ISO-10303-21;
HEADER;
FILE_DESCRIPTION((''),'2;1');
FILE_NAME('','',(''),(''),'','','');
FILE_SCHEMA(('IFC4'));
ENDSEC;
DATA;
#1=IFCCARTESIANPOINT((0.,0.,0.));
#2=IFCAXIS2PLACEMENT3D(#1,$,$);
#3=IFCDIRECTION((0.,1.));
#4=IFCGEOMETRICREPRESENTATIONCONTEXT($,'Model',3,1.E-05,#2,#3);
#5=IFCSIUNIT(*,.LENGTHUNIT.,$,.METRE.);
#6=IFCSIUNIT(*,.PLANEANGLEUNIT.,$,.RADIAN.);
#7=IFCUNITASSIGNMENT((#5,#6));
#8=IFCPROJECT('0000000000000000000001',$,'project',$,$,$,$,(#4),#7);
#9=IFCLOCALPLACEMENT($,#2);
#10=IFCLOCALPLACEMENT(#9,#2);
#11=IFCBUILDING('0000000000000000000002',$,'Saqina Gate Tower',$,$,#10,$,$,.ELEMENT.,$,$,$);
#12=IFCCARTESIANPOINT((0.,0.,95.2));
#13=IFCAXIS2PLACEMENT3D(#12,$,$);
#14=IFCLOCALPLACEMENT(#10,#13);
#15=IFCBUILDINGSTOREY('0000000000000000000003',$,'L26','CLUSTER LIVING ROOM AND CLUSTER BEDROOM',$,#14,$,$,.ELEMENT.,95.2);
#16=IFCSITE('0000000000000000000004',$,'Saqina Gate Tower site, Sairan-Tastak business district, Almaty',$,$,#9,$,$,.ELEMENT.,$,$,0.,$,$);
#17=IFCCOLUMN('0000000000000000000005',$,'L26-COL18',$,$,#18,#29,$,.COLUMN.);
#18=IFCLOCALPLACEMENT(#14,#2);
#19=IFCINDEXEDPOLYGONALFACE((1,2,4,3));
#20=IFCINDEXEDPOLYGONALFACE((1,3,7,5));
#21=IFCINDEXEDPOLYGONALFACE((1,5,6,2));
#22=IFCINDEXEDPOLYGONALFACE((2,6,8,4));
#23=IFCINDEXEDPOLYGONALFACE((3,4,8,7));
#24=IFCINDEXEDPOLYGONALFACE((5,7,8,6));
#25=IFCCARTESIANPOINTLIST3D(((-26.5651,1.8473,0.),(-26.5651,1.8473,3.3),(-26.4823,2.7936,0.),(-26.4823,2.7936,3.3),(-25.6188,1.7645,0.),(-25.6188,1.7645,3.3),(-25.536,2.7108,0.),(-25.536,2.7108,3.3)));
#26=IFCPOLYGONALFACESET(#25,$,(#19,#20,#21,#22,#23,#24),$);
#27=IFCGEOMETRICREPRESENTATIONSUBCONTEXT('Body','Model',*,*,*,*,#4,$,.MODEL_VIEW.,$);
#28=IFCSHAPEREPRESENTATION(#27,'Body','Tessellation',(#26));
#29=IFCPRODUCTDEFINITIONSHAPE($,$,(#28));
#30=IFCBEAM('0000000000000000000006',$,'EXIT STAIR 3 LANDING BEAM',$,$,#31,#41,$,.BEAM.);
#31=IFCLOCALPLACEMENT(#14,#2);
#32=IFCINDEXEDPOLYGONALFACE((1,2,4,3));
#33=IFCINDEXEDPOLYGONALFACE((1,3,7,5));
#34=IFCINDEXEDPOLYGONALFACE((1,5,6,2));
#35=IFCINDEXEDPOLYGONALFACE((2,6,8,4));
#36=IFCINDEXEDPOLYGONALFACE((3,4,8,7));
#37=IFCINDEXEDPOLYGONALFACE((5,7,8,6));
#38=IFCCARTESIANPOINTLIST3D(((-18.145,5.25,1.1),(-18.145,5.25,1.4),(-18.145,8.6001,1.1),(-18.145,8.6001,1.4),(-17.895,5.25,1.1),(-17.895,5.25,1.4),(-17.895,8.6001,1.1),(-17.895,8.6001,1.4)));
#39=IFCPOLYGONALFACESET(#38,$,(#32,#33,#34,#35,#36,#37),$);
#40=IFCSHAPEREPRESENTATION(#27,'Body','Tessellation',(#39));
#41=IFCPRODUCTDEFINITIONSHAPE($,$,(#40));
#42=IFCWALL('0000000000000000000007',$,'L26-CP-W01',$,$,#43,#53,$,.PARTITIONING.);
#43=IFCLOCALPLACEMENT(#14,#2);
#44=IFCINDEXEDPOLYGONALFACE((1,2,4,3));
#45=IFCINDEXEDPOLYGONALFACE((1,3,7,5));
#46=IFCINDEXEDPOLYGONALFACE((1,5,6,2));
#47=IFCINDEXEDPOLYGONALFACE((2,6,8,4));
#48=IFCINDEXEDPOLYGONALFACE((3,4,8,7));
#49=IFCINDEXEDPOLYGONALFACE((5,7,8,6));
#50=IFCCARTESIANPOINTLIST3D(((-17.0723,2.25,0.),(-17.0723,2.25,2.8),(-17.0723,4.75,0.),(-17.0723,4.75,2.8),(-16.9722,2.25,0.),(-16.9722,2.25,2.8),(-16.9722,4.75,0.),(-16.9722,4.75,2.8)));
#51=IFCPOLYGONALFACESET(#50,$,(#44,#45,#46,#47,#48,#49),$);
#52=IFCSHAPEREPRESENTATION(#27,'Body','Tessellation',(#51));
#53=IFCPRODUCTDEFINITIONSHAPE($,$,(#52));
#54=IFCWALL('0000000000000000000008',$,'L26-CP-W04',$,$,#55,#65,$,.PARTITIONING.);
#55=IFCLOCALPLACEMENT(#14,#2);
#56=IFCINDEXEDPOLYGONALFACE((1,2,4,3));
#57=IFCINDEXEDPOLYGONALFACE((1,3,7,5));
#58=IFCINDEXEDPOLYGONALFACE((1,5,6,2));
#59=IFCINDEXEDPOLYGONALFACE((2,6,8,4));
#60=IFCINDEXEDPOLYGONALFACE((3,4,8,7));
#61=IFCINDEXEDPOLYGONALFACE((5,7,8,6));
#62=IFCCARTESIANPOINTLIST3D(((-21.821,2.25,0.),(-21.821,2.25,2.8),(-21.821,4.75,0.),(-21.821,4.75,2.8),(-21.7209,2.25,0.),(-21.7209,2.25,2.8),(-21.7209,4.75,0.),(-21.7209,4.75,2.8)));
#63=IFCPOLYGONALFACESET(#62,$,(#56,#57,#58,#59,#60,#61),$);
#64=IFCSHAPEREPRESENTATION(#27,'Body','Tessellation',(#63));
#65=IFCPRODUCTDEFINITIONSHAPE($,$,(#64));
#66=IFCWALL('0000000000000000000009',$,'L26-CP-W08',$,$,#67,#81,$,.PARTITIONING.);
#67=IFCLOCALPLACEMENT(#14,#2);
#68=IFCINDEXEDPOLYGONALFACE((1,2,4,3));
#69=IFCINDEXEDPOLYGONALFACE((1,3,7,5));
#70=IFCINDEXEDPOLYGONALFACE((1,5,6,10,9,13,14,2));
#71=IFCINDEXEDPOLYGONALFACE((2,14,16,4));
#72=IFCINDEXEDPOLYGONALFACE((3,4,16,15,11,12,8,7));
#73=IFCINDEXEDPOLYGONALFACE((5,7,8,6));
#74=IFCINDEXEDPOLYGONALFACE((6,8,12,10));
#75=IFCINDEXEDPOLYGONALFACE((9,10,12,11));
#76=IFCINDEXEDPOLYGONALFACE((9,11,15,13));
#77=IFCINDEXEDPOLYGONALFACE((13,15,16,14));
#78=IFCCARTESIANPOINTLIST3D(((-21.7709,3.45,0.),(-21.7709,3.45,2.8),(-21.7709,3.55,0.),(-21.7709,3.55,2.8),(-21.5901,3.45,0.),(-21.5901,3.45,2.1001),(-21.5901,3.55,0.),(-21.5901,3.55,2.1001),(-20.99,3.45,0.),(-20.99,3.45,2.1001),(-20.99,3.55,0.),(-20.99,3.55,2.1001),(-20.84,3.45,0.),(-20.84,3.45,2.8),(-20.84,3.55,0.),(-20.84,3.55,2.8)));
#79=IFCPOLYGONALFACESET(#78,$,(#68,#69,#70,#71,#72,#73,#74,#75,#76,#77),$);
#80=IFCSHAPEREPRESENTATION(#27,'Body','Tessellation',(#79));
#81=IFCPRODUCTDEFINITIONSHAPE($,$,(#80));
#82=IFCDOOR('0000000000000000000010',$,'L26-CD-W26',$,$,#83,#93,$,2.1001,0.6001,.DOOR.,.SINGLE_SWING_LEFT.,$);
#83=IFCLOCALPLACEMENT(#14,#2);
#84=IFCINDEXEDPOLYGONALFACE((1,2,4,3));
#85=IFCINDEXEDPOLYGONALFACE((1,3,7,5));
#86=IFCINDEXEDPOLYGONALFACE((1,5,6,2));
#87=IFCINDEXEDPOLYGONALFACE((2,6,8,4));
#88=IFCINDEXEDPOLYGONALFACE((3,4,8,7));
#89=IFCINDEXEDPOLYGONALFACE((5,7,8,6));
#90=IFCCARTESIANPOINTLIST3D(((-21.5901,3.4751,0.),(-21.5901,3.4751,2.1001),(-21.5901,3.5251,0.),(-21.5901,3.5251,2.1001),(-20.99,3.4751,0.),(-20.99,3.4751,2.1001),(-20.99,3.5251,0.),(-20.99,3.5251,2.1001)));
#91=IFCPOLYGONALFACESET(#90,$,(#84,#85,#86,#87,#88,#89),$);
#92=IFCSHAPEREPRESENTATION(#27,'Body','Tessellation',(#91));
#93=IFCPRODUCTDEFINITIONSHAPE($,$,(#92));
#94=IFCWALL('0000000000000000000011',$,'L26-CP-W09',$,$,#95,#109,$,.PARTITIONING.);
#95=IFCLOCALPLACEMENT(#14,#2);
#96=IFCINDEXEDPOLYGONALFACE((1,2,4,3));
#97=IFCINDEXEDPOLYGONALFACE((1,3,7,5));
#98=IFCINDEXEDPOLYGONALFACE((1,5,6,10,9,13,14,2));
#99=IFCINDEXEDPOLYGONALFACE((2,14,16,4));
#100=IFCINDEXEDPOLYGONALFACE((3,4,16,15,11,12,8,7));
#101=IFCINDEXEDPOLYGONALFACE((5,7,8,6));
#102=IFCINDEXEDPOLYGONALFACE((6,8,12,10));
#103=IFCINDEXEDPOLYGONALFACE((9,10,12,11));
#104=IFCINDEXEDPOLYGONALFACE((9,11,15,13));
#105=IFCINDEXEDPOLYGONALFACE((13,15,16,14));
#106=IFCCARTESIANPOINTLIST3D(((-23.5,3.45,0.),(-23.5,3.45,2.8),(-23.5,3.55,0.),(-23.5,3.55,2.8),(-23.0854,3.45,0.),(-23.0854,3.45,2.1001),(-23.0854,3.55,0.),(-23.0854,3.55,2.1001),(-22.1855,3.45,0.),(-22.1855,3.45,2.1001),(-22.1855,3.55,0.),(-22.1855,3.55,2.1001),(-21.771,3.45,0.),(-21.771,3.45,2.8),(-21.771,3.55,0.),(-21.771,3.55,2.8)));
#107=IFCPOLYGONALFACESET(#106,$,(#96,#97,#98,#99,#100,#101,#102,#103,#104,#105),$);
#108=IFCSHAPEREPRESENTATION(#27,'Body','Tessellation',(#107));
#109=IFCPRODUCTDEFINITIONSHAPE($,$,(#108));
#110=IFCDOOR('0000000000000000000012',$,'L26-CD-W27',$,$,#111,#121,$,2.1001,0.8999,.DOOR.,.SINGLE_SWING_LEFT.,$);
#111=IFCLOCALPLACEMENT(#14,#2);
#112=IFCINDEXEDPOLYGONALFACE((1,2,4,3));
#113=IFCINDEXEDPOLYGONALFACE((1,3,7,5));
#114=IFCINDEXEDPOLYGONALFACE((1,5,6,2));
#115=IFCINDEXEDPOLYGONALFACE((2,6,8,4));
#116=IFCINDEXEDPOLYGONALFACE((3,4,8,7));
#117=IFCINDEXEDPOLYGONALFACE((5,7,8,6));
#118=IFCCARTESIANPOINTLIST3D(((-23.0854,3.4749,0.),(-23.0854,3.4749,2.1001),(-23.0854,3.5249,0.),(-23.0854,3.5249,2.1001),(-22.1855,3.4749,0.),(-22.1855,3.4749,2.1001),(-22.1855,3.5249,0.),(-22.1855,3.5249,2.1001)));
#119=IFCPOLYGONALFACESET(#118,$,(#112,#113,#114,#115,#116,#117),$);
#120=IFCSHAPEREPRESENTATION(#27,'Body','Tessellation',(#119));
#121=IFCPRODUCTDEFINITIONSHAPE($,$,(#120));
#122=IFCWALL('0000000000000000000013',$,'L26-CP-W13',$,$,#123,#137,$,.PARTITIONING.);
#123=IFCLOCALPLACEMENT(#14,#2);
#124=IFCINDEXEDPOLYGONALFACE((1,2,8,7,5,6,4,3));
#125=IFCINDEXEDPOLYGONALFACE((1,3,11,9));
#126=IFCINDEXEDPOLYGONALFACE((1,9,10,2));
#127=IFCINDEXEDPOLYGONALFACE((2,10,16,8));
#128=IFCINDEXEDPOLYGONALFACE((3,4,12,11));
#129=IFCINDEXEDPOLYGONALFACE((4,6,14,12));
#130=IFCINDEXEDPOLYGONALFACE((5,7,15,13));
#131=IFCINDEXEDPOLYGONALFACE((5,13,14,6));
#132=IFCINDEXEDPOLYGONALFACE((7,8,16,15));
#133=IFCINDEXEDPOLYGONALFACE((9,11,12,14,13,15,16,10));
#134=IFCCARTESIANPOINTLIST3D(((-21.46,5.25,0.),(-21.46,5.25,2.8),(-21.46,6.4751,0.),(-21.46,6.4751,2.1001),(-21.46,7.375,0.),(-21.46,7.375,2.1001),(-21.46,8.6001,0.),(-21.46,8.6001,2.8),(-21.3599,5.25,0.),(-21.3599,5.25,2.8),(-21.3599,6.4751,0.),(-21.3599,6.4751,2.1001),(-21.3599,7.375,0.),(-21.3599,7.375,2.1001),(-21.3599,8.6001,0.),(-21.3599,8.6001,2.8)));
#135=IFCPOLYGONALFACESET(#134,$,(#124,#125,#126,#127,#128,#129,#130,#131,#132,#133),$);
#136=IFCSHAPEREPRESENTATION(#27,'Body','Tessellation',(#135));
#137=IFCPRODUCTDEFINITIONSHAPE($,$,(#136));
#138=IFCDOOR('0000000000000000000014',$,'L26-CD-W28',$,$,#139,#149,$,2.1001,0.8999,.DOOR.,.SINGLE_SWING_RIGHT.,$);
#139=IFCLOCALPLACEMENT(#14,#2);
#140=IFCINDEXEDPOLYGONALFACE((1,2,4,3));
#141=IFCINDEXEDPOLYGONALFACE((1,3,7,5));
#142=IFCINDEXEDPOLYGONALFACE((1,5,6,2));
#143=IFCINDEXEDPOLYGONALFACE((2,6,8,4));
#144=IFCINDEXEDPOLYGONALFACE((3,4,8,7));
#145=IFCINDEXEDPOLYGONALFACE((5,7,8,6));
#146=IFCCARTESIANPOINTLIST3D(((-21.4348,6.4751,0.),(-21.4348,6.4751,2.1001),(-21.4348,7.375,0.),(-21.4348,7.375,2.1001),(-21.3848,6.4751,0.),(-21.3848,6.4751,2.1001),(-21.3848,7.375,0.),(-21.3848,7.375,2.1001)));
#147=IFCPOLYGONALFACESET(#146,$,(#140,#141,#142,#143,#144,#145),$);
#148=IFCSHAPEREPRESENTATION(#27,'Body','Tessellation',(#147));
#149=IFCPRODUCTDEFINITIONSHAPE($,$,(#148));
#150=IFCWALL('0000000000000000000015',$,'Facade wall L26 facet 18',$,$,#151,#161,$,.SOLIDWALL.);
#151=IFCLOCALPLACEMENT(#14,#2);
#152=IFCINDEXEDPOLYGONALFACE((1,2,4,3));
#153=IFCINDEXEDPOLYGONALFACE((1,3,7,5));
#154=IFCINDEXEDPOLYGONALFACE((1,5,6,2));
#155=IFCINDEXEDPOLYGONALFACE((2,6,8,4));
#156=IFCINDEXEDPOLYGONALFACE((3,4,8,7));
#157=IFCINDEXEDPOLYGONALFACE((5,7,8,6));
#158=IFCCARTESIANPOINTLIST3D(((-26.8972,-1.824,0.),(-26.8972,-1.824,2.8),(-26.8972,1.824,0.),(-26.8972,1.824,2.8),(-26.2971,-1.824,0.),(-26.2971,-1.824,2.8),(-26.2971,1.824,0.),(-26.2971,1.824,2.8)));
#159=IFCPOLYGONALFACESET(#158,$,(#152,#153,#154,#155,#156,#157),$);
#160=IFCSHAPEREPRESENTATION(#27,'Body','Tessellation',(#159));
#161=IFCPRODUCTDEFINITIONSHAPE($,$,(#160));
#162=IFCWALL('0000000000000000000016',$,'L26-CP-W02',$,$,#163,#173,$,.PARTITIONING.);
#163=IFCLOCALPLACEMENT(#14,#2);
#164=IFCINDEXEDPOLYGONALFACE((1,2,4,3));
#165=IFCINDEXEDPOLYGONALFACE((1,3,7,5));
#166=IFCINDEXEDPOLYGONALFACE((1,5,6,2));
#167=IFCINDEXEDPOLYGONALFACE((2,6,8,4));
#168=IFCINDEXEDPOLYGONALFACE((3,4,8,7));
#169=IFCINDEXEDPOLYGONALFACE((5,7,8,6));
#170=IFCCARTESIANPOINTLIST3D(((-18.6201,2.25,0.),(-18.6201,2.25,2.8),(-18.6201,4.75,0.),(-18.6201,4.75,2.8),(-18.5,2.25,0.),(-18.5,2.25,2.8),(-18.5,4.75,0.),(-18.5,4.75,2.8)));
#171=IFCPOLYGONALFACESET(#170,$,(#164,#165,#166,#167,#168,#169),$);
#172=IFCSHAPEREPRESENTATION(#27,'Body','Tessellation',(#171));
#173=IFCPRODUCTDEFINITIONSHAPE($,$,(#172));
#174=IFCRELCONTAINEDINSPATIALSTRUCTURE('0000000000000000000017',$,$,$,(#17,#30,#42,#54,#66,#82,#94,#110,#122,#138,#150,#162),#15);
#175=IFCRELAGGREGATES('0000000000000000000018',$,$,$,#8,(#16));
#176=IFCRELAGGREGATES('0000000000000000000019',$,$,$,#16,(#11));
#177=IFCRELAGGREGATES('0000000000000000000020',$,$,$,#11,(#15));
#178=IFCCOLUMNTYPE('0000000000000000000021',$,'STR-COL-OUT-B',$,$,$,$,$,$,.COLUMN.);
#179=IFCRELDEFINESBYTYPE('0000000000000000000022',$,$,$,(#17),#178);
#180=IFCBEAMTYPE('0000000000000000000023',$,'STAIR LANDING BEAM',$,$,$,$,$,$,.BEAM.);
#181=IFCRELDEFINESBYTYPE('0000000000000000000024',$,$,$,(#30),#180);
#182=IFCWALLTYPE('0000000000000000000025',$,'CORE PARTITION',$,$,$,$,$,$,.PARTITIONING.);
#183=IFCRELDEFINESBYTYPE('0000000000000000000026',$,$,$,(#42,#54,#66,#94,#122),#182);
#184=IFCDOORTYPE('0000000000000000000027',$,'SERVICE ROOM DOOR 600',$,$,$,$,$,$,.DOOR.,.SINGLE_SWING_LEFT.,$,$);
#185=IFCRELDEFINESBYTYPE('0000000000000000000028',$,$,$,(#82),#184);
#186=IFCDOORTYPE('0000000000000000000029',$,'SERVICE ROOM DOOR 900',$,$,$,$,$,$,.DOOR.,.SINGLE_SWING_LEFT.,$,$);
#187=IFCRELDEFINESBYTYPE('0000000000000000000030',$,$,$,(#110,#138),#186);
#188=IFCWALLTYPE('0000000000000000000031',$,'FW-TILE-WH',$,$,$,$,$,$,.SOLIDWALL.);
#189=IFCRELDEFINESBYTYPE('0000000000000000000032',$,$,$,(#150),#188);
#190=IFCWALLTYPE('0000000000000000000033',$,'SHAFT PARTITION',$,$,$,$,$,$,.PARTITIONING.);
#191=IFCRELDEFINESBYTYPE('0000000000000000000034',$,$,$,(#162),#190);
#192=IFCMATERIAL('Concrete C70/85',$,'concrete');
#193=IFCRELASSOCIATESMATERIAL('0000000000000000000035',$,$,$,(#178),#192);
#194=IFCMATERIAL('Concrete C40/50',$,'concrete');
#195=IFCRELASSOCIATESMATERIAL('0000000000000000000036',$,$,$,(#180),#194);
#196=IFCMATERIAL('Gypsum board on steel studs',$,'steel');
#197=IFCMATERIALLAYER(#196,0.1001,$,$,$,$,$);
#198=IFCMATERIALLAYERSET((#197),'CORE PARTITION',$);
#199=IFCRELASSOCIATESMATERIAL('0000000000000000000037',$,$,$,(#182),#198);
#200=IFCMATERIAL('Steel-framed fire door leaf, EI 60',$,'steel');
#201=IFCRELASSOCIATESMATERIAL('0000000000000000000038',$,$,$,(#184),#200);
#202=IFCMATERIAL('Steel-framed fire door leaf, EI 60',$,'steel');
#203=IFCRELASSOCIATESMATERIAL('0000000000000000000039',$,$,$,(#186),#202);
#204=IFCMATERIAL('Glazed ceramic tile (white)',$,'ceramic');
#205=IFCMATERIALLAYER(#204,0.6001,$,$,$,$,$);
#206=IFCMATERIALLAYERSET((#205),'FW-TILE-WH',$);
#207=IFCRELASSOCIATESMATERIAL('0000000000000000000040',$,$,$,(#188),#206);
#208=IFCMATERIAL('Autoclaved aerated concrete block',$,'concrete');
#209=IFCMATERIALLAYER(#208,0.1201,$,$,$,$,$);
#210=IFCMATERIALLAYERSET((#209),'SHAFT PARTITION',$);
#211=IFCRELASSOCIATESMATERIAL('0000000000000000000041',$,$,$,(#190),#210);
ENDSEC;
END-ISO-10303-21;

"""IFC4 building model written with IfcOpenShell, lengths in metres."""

from ifc_helpers import new_model, si_unit, direction, frame, frame_2d, origin, origin_2d, place, context, subcontext, project, spatial, rectangle, extrude, material, layer, layer_set, material_profile, profile_set, type_object, element, fill, save


model = new_model("IFC4")

# Units and contexts
model_context = context("Model", 3, precision=1e-05, world=origin(), true_north=direction((0.0, 1.0)))
body_context = subcontext(model_context, "Body", "Model", "MODEL_VIEW")
ifc_project = project(units=[si_unit("LENGTHUNIT", "METRE"), si_unit("PLANEANGLEUNIT", "RADIAN")], contexts=[model_context])

# Site, building, storey
site_placement = place(None, origin())
site = spatial("IfcSite", under=ifc_project, at=site_placement, Name="Saqina Gate Tower site, Sairan-Tastak business district, Almaty", CompositionType="ELEMENT", RefElevation=0.0)
building_placement = place(site_placement, origin())
building = spatial("IfcBuilding", under=site, at=building_placement, Name="Saqina Gate Tower", CompositionType="ELEMENT")
storey_placement = place(building_placement, frame((0.0, 0.0, 95.2)))
storey = spatial("IfcBuildingStorey", under=building, at=storey_placement, Name="L26", Description="CLUSTER LIVING ROOM AND CLUSTER BEDROOM", CompositionType="ELEMENT", Elevation=95.2)

# Column
ifc_material_1 = material(Name="Concrete C70/85", Category="concrete")
ifc_material_profile_1 = material_profile(ifc_material_1, rectangle(XDim=0.95, YDim=0.95, at=origin_2d()), Name="RC 950x950")
ifc_profile_set_1 = profile_set([ifc_material_profile_1], Name="Concrete C70/85")
column_type = type_object("IfcColumnType", Name="STR-COL-OUT-B", PredefinedType="COLUMN", material=ifc_profile_set_1)
column_placement = place(storey_placement, frame((-26.0505, 2.2791, 0.0), z_axis=(0.0, 0.0, 1.0), x_axis=(-0.996195, 0.087156, 0.0)))
element("IfcColumn", 1, at=column_placement, inside=storey, type_object=column_type, Name="L26-COL18", PredefinedType="COLUMN", context=body_context, shape_type="SweptSolid", body=[
    extrude(rectangle(XDim=0.95, YDim=0.95, at=origin_2d()), origin(), (0.0, 0.0, 1.0), 3.3),
])

# Beam
ifc_material_2 = material(Name="Concrete C40/50", Category="concrete")
ifc_material_profile_2 = material_profile(ifc_material_2, rectangle(XDim=0.25, YDim=0.3, at=origin_2d()), Name="STAIR LANDING BEAM")
ifc_profile_set_2 = profile_set([ifc_material_profile_2], Name="Concrete C40/50")
beam_type = type_object("IfcBeamType", Name="STAIR LANDING BEAM", PredefinedType="BEAM", material=ifc_profile_set_2)
beam_placement = place(storey_placement, frame((-18.02, 5.25, 1.25), z_axis=(0.0, 1.0, 0.0), x_axis=(-1.0, 0.0, 0.0)))
element("IfcBeam", 2, at=beam_placement, inside=storey, type_object=beam_type, Name="EXIT STAIR 3 LANDING BEAM", PredefinedType="BEAM", context=body_context, shape_type="SweptSolid", body=[
    extrude(rectangle(XDim=0.25, YDim=0.3, at=origin_2d()), origin(), (0.0, 0.0, 1.0), 3.3501),
])

# Walls
ifc_material_3 = material(Name="Gypsum board on steel studs", Category="steel")
ifc_layer_1 = layer(ifc_material_3, 0.1001)
ifc_layer_set_1 = layer_set([ifc_layer_1], Name="CORE PARTITION")
wall_type_1 = type_object("IfcWallType", Name="CORE PARTITION", PredefinedType="PARTITIONING", material=ifc_layer_set_1)
for number, where, z_axis, x_axis, name in (
    (3, (-17.0222, 2.25, 0.0), (0.0, 0.0, 1.0), (0.0, 1.0, 0.0), "L26-CP-W01"),
    (4, (-21.771, 2.25, 0.0), (0.0, 0.0, 1.0), (0.0, 1.0, 0.0), "L26-CP-W04"),
):
    element("IfcWall", number, at=place(storey_placement, frame(where, z_axis=z_axis, x_axis=x_axis)), inside=storey, type_object=wall_type_1, Name=name, PredefinedType="PARTITIONING", context=body_context, shape_type="SweptSolid", body=[
        extrude(rectangle(XDim=2.5, YDim=0.1001, at=frame_2d((1.25, 0.0))), origin(), (0.0, 0.0, 1.0), 2.8),
    ])

# Walls, openings, doors
wall_1_placement = place(storey_placement, frame((-20.8401, 3.5, 0.0), z_axis=(0.0, 0.0, 1.0), x_axis=(-1.0, 0.0, 0.0)))
wall_1 = element("IfcWall", 5, at=wall_1_placement, inside=storey, type_object=wall_type_1, Name="L26-CP-W08", PredefinedType="PARTITIONING", context=body_context, shape_type="SweptSolid", body=[
    extrude(rectangle(XDim=0.9309, YDim=0.1001, at=frame_2d((0.4653, 0.0))), origin(), (0.0, 0.0, 1.0), 2.8),
])
opening_1_placement = place(wall_1_placement, frame((0.1499, 0.0, 0.0)))
opening_1 = element("IfcOpeningElement", 6, at=opening_1_placement, cuts=wall_1, PredefinedType="OPENING", context=body_context, shape_type="SweptSolid", body=[
    extrude(rectangle(XDim=0.6001, YDim=2.1001, at=frame_2d((0.3, 1.05))), frame((0.0, 0.062, 0.0), z_axis=(0.0, -1.0, 0.0), x_axis=(1.0, 0.0, 0.0)), (0.0, 0.0, 1.0), 0.124),
])
ifc_material_4 = material(Name="Steel-framed fire door leaf, EI 60", Category="steel")
door_type_1 = type_object("IfcDoorType", Name="SERVICE ROOM DOOR 600", OperationType="SINGLE_SWING_LEFT", PredefinedType="DOOR", material=ifc_material_4)
door_1_placement = place(opening_1_placement, origin())
door_1 = element("IfcDoor", 7, at=door_1_placement, inside=storey, type_object=door_type_1, Name="L26-CD-W26", OperationType="SINGLE_SWING_LEFT", OverallHeight=2.1001, OverallWidth=0.6001, PredefinedType="DOOR", context=body_context, shape_type="SweptSolid", body=[
    extrude(rectangle(XDim=0.6001, YDim=2.1001, at=frame_2d((0.3, 1.05))), frame((0.0, 0.0249, 0.0), z_axis=(0.0, -1.0, 0.0), x_axis=(1.0, 0.0, 0.0)), (0.0, 0.0, 1.0), 0.05),
])
fill(opening_1, door_1)
wall_2_placement = place(storey_placement, frame((-21.771, 3.5, 0.0), z_axis=(0.0, 0.0, 1.0), x_axis=(-1.0, 0.0, 0.0)))
wall_2 = element("IfcWall", 8, at=wall_2_placement, inside=storey, type_object=wall_type_1, Name="L26-CP-W09", PredefinedType="PARTITIONING", context=body_context, shape_type="SweptSolid", body=[
    extrude(rectangle(XDim=1.729, YDim=0.1001, at=frame_2d((0.8645, 0.0))), origin(), (0.0, 0.0, 1.0), 2.8),
])
opening_2_placement = place(wall_2_placement, frame((0.4146, 0.0, 0.0)))
opening_2 = element("IfcOpeningElement", 9, at=opening_2_placement, cuts=wall_2, PredefinedType="OPENING", context=body_context, shape_type="SweptSolid", body=[
    extrude(rectangle(XDim=0.8999, YDim=2.1001, at=frame_2d((0.45, 1.05))), frame((0.0, 0.062, 0.0), z_axis=(0.0, -1.0, 0.0), x_axis=(1.0, 0.0, 0.0)), (0.0, 0.0, 1.0), 0.124),
])
ifc_material_5 = material(Name="Steel-framed fire door leaf, EI 60", Category="steel")
door_type_2 = type_object("IfcDoorType", Name="SERVICE ROOM DOOR 900", OperationType="SINGLE_SWING_LEFT", PredefinedType="DOOR", material=ifc_material_5)
door_2_placement = place(opening_2_placement, frame((0.8999, 0.0, 0.0), z_axis=(0.0, 0.0, 1.0), x_axis=(-1.0, 0.0, 0.0)))
door_2 = element("IfcDoor", 10, at=door_2_placement, inside=storey, type_object=door_type_2, Name="L26-CD-W27", OperationType="SINGLE_SWING_LEFT", OverallHeight=2.1001, OverallWidth=0.8999, PredefinedType="DOOR", context=body_context, shape_type="SweptSolid", body=[
    extrude(rectangle(XDim=0.8999, YDim=2.1001, at=frame_2d((0.45, 1.05))), frame((0.0, 0.0249, 0.0), z_axis=(0.0, -1.0, 0.0), x_axis=(1.0, 0.0, 0.0)), (0.0, 0.0, 1.0), 0.05),
])
fill(opening_2, door_2)
wall_3_placement = place(storey_placement, frame((-21.4099, 5.25, 0.0), z_axis=(0.0, 0.0, 1.0), x_axis=(0.0, 1.0, 0.0)))
wall_3 = element("IfcWall", 11, at=wall_3_placement, inside=storey, type_object=wall_type_1, Name="L26-CP-W13", PredefinedType="PARTITIONING", context=body_context, shape_type="SweptSolid", body=[
    extrude(rectangle(XDim=3.3501, YDim=0.1001, at=frame_2d((1.675, 0.0))), origin(), (0.0, 0.0, 1.0), 2.8),
])
opening_3_placement = place(wall_3_placement, frame((1.2251, 0.0, 0.0)))
opening_3 = element("IfcOpeningElement", 12, at=opening_3_placement, cuts=wall_3, PredefinedType="OPENING", context=body_context, shape_type="SweptSolid", body=[
    extrude(rectangle(XDim=0.8999, YDim=2.1001, at=frame_2d((0.45, 1.05))), frame((0.0, 0.062, 0.0), z_axis=(0.0, -1.0, 0.0), x_axis=(1.0, 0.0, 0.0)), (0.0, 0.0, 1.0), 0.124),
])
door_3_placement = place(opening_3_placement, origin())
door_3 = element("IfcDoor", 13, at=door_3_placement, inside=storey, type_object=door_type_2, Name="L26-CD-W28", OperationType="SINGLE_SWING_RIGHT", OverallHeight=2.1001, OverallWidth=0.8999, PredefinedType="DOOR", context=body_context, shape_type="SweptSolid", body=[
    extrude(rectangle(XDim=0.8999, YDim=2.1001, at=frame_2d((0.45, 1.05))), frame((0.0, 0.0249, 0.0), z_axis=(0.0, -1.0, 0.0), x_axis=(1.0, 0.0, 0.0)), (0.0, 0.0, 1.0), 0.05),
])
fill(opening_3, door_3)

# Walls
ifc_material_6 = material(Name="Glazed ceramic tile (white)", Category="ceramic")
ifc_layer_2 = layer(ifc_material_6, 0.6001)
ifc_layer_set_2 = layer_set([ifc_layer_2], Name="FW-TILE-WH")
wall_type_2 = type_object("IfcWallType", Name="FW-TILE-WH", PredefinedType="SOLIDWALL", material=ifc_layer_set_2)
wall_4_placement = place(storey_placement, frame((-26.5972, 1.824, 0.0), z_axis=(0.0, 0.0, 1.0), x_axis=(0.0, -1.0, 0.0)))
element("IfcWall", 14, at=wall_4_placement, inside=storey, type_object=wall_type_2, Name="Facade wall L26 facet 18", PredefinedType="SOLIDWALL", context=body_context, shape_type="SweptSolid", body=[
    extrude(rectangle(XDim=3.6479, YDim=0.6001, at=frame_2d((1.824, 0.0))), origin(), (0.0, 0.0, 1.0), 2.8),
])
ifc_material_7 = material(Name="Autoclaved aerated concrete block", Category="concrete")
ifc_layer_3 = layer(ifc_material_7, 0.1201)
ifc_layer_set_3 = layer_set([ifc_layer_3], Name="SHAFT PARTITION")
wall_type_3 = type_object("IfcWallType", Name="SHAFT PARTITION", PredefinedType="PARTITIONING", material=ifc_layer_set_3)
for number, where, z_axis, x_axis, name in (
    (15, (-18.5601, 2.25, 0.0), (0.0, 0.0, 1.0), (0.0, 1.0, 0.0), "L26-CP-W02"),
):
    element("IfcWall", number, at=place(storey_placement, frame(where, z_axis=z_axis, x_axis=x_axis)), inside=storey, type_object=wall_type_3, Name=name, PredefinedType="PARTITIONING", context=body_context, shape_type="SweptSolid", body=[
        extrude(rectangle(XDim=2.5, YDim=0.1201, at=frame_2d((1.25, 0.0))), origin(), (0.0, 0.0, 1.0), 2.8),
    ])

save(model, "model.ifc")
